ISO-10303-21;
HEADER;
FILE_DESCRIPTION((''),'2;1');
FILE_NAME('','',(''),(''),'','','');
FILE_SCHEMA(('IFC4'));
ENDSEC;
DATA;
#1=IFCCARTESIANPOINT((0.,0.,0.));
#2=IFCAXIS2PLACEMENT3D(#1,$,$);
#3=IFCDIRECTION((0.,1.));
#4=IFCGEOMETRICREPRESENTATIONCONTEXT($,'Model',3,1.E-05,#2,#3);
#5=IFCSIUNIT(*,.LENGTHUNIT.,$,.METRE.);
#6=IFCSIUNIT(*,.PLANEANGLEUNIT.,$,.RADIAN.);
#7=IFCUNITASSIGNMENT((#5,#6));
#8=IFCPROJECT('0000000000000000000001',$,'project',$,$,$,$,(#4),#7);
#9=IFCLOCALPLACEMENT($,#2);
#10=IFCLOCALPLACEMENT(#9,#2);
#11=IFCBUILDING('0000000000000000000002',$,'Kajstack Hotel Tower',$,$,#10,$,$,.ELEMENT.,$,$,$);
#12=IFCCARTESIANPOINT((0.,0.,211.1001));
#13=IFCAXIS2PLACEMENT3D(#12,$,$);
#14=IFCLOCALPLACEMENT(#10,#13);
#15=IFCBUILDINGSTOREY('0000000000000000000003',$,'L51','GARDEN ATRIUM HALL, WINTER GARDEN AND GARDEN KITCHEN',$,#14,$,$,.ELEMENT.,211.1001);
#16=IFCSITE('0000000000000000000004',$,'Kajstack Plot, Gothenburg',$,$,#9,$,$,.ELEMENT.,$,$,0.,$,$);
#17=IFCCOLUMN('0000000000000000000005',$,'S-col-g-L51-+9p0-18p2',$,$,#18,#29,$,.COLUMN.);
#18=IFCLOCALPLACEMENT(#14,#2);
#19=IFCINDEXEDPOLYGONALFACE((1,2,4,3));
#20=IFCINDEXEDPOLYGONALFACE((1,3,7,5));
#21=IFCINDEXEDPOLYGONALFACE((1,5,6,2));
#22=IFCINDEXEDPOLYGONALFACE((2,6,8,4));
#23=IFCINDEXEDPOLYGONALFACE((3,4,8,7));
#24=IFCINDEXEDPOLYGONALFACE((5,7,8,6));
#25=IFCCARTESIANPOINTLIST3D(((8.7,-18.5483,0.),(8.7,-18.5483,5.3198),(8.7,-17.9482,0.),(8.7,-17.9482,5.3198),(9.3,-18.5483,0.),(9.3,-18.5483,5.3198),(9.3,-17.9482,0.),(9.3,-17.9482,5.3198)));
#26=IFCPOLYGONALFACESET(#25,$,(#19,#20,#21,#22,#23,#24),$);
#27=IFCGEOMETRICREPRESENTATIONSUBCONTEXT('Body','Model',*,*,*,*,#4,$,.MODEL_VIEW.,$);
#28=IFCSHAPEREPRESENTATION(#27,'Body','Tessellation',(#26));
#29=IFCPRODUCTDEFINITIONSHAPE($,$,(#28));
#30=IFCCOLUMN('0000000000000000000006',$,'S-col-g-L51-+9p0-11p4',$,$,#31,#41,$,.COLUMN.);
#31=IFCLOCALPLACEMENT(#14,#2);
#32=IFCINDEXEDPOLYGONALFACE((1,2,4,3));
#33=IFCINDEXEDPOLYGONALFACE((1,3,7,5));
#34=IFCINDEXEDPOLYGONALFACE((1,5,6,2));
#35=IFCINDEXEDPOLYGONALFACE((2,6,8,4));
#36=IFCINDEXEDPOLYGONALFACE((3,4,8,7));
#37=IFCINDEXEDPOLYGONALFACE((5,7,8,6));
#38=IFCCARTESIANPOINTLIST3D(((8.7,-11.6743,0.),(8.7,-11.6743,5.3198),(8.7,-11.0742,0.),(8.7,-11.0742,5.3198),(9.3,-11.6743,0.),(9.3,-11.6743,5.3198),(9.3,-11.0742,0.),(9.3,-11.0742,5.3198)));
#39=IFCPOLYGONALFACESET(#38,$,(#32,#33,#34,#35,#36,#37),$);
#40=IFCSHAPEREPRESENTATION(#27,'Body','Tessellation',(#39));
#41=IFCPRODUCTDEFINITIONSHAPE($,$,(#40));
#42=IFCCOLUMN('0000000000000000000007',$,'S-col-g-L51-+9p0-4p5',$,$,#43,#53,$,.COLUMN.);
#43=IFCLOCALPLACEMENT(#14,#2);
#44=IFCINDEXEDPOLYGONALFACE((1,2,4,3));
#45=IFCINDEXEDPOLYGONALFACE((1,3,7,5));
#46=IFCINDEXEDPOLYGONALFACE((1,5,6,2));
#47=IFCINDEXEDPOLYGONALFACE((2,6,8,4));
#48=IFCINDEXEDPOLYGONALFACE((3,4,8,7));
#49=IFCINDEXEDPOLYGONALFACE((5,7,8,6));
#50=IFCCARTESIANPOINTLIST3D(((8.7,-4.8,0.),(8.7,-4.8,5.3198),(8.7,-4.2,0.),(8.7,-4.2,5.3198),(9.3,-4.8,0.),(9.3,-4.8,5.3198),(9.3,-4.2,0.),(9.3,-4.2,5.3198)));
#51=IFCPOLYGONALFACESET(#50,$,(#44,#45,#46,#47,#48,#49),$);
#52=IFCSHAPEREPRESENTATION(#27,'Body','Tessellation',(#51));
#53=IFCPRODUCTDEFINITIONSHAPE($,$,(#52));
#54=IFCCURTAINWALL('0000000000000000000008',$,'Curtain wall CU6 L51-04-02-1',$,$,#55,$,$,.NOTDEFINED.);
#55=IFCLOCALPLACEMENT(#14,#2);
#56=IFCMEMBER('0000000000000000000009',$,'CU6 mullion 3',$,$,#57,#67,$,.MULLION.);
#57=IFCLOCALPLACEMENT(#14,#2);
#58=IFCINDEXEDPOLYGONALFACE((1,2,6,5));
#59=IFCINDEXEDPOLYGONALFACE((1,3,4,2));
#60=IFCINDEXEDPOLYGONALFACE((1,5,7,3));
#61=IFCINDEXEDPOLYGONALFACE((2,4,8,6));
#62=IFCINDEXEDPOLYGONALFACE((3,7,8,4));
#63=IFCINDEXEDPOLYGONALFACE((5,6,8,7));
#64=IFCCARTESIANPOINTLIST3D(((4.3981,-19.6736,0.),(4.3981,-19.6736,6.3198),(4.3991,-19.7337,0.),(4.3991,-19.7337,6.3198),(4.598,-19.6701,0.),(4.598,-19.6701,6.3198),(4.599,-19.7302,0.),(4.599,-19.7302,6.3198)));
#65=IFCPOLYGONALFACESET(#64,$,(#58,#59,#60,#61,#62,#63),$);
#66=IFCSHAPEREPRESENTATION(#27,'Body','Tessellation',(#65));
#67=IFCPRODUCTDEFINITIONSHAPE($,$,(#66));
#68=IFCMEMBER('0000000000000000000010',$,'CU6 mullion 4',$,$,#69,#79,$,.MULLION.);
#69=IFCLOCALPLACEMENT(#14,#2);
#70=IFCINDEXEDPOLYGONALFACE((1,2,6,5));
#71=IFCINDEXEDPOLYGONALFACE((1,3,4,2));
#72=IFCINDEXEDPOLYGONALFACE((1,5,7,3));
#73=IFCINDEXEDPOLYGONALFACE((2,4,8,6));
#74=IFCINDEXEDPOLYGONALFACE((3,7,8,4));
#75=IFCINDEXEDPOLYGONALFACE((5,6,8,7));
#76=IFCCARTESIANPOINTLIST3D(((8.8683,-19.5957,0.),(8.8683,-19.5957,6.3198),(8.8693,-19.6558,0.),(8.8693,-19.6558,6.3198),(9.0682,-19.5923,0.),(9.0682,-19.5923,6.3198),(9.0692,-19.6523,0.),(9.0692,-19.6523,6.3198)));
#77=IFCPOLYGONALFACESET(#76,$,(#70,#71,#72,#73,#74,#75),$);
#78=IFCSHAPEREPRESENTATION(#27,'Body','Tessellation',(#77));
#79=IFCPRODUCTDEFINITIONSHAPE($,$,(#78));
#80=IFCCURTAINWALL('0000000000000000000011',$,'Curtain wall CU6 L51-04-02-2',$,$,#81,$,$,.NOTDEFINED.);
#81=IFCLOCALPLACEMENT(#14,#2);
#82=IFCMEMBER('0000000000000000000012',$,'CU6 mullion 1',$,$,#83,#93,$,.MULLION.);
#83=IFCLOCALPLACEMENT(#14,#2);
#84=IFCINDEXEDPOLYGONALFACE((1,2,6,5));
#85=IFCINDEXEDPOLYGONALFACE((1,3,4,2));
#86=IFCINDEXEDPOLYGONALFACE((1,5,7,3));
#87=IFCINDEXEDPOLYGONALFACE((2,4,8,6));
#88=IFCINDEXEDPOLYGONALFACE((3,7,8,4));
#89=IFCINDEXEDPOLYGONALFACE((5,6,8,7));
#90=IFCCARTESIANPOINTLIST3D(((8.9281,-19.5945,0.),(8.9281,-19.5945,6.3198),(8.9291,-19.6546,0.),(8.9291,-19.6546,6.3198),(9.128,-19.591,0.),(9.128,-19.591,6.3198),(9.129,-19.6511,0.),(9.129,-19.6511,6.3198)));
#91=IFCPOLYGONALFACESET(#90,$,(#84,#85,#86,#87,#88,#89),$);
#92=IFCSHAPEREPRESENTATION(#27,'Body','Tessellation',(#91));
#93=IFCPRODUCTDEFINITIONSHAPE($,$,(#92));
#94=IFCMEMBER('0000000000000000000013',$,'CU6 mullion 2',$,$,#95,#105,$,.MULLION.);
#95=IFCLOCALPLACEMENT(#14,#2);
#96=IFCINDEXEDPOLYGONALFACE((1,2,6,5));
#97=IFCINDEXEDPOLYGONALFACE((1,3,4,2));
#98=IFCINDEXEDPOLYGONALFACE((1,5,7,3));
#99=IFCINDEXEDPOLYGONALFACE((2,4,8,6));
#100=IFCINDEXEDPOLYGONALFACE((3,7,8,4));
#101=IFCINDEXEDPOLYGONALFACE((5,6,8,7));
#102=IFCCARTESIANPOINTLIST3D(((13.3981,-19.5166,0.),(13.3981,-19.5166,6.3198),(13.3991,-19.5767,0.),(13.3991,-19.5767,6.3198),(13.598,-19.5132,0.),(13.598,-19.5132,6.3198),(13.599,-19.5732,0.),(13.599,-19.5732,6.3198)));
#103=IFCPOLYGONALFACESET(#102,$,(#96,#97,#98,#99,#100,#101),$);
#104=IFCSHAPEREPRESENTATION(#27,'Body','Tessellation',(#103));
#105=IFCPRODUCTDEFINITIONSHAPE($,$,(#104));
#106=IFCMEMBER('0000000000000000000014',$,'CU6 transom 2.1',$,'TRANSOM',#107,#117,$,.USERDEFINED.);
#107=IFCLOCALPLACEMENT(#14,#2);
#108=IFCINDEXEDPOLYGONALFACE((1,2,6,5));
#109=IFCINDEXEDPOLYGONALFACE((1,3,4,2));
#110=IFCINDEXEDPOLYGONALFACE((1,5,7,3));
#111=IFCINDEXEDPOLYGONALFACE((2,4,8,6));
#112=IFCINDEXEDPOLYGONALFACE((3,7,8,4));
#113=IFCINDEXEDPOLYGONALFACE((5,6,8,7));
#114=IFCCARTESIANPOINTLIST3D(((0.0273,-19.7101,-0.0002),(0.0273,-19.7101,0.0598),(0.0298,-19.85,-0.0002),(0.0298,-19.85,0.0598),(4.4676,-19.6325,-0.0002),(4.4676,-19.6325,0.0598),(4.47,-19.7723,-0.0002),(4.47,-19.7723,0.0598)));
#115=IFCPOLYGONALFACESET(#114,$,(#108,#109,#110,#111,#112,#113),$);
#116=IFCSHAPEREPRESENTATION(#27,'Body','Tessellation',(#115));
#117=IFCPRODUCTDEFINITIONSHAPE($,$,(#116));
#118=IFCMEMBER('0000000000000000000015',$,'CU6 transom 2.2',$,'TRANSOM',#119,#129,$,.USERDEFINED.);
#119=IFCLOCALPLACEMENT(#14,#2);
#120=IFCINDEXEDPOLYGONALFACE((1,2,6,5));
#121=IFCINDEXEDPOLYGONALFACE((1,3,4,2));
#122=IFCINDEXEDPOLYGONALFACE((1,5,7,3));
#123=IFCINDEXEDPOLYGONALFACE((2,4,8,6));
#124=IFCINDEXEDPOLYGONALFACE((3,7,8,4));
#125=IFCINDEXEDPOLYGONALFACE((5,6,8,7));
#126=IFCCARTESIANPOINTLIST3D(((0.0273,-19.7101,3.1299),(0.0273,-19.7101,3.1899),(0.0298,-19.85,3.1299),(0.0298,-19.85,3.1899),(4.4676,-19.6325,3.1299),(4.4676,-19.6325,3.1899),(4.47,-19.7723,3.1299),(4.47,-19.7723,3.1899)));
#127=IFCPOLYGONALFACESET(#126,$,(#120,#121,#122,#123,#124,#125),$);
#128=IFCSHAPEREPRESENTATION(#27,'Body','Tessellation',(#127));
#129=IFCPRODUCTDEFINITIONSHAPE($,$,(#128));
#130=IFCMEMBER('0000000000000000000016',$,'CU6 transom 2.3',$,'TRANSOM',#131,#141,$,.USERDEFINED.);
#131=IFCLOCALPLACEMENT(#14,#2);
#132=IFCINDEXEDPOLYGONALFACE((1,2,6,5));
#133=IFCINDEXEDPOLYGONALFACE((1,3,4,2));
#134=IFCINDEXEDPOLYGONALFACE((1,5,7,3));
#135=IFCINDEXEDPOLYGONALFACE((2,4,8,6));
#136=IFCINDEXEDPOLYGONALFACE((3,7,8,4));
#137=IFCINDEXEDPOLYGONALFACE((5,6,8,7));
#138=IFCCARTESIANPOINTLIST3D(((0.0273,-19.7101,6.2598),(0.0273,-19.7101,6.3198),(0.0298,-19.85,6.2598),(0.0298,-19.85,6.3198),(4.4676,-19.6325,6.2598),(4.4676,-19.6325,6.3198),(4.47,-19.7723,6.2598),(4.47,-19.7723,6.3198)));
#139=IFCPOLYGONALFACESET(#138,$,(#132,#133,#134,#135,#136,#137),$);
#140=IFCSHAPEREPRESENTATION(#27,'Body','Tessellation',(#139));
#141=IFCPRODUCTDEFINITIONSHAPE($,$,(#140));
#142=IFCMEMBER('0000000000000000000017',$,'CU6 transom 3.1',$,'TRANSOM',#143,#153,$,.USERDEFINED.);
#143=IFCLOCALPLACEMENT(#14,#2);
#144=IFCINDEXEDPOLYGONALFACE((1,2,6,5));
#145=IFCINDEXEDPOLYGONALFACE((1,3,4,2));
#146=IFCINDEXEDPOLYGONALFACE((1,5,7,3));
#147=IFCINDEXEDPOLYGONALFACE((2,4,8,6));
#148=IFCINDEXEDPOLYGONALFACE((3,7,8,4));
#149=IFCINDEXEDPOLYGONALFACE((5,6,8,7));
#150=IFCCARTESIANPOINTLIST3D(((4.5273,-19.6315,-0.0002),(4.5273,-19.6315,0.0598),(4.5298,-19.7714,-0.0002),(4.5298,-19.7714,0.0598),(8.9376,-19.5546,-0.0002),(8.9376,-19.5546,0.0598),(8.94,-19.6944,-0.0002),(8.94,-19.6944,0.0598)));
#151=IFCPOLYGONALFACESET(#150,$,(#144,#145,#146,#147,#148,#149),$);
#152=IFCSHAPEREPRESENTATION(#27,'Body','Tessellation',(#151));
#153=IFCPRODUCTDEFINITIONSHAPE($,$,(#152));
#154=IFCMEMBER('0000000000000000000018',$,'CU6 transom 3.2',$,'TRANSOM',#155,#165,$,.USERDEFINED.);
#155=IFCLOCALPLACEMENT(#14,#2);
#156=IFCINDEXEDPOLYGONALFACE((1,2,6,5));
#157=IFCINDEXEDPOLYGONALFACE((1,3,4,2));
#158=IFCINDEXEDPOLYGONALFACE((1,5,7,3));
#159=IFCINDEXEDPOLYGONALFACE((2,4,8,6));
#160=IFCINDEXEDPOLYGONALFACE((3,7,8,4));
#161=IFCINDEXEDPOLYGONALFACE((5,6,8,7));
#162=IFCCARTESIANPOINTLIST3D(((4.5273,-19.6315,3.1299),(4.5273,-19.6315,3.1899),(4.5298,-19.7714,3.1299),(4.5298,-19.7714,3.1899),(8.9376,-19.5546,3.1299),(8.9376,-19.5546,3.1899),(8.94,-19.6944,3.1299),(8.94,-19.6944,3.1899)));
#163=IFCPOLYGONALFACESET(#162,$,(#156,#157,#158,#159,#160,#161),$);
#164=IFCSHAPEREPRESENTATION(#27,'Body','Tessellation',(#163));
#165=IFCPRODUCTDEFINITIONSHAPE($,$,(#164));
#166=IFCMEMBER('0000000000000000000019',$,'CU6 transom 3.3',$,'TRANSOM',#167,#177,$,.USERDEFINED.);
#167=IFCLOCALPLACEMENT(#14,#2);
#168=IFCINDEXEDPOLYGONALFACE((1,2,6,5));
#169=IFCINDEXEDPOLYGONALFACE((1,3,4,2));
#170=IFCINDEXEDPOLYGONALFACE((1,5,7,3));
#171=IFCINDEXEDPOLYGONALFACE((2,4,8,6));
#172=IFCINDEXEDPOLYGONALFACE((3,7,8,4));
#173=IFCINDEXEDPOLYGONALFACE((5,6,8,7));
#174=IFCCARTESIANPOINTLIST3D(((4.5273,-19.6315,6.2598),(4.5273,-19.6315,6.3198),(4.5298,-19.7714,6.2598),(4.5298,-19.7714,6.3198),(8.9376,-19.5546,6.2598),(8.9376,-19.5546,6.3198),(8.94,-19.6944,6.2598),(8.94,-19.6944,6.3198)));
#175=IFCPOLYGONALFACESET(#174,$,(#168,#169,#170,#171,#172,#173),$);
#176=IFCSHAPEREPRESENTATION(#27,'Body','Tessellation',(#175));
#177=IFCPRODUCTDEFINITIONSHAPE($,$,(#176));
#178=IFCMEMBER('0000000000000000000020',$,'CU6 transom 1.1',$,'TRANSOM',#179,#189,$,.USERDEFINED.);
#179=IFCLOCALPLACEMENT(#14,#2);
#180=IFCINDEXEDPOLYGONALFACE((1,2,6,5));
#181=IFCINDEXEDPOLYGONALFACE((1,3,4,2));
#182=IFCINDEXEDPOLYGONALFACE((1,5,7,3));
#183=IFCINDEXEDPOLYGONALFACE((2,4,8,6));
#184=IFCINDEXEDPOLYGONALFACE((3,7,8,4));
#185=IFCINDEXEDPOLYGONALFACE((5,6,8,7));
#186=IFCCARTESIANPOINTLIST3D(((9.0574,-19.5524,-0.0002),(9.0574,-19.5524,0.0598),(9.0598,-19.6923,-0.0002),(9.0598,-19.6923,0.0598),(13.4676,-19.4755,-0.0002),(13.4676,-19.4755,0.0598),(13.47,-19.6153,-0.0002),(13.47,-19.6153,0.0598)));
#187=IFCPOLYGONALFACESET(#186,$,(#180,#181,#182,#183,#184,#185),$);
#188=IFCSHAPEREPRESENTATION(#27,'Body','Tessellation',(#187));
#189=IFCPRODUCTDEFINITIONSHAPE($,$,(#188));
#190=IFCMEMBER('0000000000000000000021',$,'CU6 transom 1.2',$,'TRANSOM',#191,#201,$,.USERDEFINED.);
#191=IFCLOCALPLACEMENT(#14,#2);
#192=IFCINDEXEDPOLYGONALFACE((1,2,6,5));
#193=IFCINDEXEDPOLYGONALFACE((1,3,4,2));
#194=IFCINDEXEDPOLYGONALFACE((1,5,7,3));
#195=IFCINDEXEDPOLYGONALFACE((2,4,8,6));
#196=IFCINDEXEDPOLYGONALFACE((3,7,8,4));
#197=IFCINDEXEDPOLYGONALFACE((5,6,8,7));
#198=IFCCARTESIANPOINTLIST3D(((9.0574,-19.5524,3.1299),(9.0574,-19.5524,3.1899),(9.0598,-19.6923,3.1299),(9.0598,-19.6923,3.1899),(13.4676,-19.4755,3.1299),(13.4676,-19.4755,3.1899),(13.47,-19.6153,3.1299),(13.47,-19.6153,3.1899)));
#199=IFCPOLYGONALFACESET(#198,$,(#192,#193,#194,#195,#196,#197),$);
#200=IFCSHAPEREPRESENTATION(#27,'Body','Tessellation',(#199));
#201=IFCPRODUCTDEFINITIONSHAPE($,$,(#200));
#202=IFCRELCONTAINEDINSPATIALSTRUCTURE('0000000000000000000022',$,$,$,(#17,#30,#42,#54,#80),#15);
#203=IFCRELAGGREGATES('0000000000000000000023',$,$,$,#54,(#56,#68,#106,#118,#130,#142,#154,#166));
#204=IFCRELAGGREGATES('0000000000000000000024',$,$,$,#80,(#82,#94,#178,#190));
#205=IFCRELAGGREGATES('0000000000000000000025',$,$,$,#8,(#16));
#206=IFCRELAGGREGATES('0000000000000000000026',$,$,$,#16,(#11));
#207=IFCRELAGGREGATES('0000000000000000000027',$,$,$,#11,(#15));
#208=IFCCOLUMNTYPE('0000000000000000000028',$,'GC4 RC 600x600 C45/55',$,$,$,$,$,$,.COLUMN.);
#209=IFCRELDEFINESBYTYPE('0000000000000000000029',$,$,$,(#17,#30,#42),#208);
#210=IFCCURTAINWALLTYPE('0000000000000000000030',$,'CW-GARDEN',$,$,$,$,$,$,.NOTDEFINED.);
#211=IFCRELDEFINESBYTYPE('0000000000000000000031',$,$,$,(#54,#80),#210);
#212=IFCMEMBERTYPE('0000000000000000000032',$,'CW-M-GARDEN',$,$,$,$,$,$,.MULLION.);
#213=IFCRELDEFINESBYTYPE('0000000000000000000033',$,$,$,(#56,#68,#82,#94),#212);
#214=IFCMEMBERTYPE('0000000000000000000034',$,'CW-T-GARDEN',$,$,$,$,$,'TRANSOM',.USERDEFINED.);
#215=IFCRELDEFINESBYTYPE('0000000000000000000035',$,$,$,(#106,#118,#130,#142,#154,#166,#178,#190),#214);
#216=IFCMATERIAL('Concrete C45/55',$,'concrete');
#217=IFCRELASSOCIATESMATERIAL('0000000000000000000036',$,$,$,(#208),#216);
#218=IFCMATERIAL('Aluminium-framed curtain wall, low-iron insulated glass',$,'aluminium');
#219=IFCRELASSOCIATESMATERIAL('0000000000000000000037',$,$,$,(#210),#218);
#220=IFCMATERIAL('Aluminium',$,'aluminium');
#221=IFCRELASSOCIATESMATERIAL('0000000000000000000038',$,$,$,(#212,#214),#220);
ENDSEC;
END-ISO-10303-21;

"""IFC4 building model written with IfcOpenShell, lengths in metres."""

from ifc_helpers import new_model, si_unit, direction, frame, origin, origin_2d, place, context, subcontext, project, spatial, rectangle, extrude, material, material_profile, profile_set, type_object, element, aggregate, save


model = new_model("IFC4")

# Units and contexts
model_context = context("Model", 3, precision=1e-05, world=origin(), true_north=direction((0.0, 1.0)))
body_context = subcontext(model_context, "Body", "Model", "MODEL_VIEW")
ifc_project = project(units=[si_unit("LENGTHUNIT", "METRE"), si_unit("PLANEANGLEUNIT", "RADIAN")], contexts=[model_context])

# Site, building, storey
site_placement = place(None, origin())
site = spatial("IfcSite", under=ifc_project, at=site_placement, Name="Kajstack Plot, Gothenburg", CompositionType="ELEMENT", RefElevation=0.0)
building_placement = place(site_placement, origin())
building = spatial("IfcBuilding", under=site, at=building_placement, Name="Kajstack Hotel Tower", CompositionType="ELEMENT")
storey_placement = place(building_placement, frame((0.0, 0.0, 211.1001)))
storey = spatial("IfcBuildingStorey", under=building, at=storey_placement, Name="L51", Description="GARDEN ATRIUM HALL, WINTER GARDEN AND GARDEN KITCHEN", CompositionType="ELEMENT", Elevation=211.1001)

# Columns
ifc_material_1 = material(Name="Concrete C45/55", Category="concrete")
ifc_material_profile_1 = material_profile(ifc_material_1, rectangle(XDim=0.6001, YDim=0.6001, at=origin_2d()), Name="RC 600x600")
ifc_profile_set_1 = profile_set([ifc_material_profile_1], Name="Concrete C45/55")
column_type = type_object("IfcColumnType", Name="GC4 RC 600x600 C45/55", PredefinedType="COLUMN", material=ifc_profile_set_1)
for number, where, z_axis, x_axis, name in (
    (1, (9.0, -18.2483, 0.0), (0.0, 0.0, 1.0), (1.0, 0.0, 0.0), "S-col-g-L51-+9p0-18p2"),
    (2, (9.0, -11.3743, 0.0), (0.0, 0.0, 1.0), (1.0, 0.0, 0.0), "S-col-g-L51-+9p0-11p4"),
    (3, (9.0, -4.5, 0.0), (0.0, 0.0, 1.0), (1.0, 0.0, 0.0), "S-col-g-L51-+9p0-4p5"),
):
    element("IfcColumn", number, at=place(storey_placement, frame(where, z_axis=z_axis, x_axis=x_axis)), inside=storey, type_object=column_type, Name=name, PredefinedType="COLUMN", context=body_context, shape_type="SweptSolid", body=[
        extrude(rectangle(XDim=0.6001, YDim=0.6001, at=origin_2d()), origin(), (0.0, 0.0, 1.0), 5.3198),
    ])

# Curtain walls, members
ifc_material_2 = material(Name="Aluminium-framed curtain wall, low-iron insulated glass", Category="aluminium")
curtain_wall_type = type_object("IfcCurtainWallType", Name="CW-GARDEN", PredefinedType="NOTDEFINED", material=ifc_material_2)
curtain_wall_1_placement = place(storey_placement, origin())
curtain_wall_1 = element("IfcCurtainWall", 4, at=curtain_wall_1_placement, inside=storey, type_object=curtain_wall_type, Name="Curtain wall CU6 L51-04-02-1", PredefinedType="NOTDEFINED")
ifc_material_3 = material(Name="Aluminium", Category="aluminium")
ifc_material_profile_2 = material_profile(ifc_material_3, rectangle(XDim=0.0601, YDim=0.2, at=origin_2d()), Name="Aluminium mullion 60 x 200")
ifc_profile_set_2 = profile_set([ifc_material_profile_2], Name="Aluminium")
member_type_1 = type_object("IfcMemberType", Name="CW-M-GARDEN", PredefinedType="MULLION", material=ifc_profile_set_2)
member_1_placement = place(storey_placement, frame((4.4985, -19.7019, 0.0), z_axis=(0.0, 0.0, 1.0), x_axis=(-0.017453, 0.999848, 0.0)))
member_1 = element("IfcMember", 5, at=member_1_placement, type_object=member_type_1, Name="CU6 mullion 3", PredefinedType="MULLION", context=body_context, shape_type="SweptSolid", body=[
    extrude(rectangle(XDim=0.0601, YDim=0.2, at=origin_2d()), origin(), (0.0, 0.0, 1.0), 6.3198),
])
member_2_placement = place(storey_placement, frame((8.9688, -19.624, 0.0), z_axis=(0.0, 0.0, 1.0), x_axis=(-0.017453, 0.999848, 0.0)))
member_2 = element("IfcMember", 6, at=member_2_placement, type_object=member_type_1, Name="CU6 mullion 4", PredefinedType="MULLION", context=body_context, shape_type="SweptSolid", body=[
    extrude(rectangle(XDim=0.0601, YDim=0.2, at=origin_2d()), origin(), (0.0, 0.0, 1.0), 6.3198),
])
curtain_wall_2_placement = place(storey_placement, origin())
curtain_wall_2 = element("IfcCurtainWall", 7, at=curtain_wall_2_placement, inside=storey, type_object=curtain_wall_type, Name="Curtain wall CU6 L51-04-02-2", PredefinedType="NOTDEFINED")
member_3_placement = place(storey_placement, frame((9.0286, -19.6228, 0.0), z_axis=(0.0, 0.0, 1.0), x_axis=(-0.017453, 0.999848, 0.0)))
member_3 = element("IfcMember", 8, at=member_3_placement, type_object=member_type_1, Name="CU6 mullion 1", PredefinedType="MULLION", context=body_context, shape_type="SweptSolid", body=[
    extrude(rectangle(XDim=0.0601, YDim=0.2, at=origin_2d()), origin(), (0.0, 0.0, 1.0), 6.3198),
])
member_4_placement = place(storey_placement, frame((13.4985, -19.5449, 0.0), z_axis=(0.0, 0.0, 1.0), x_axis=(-0.017453, 0.999848, 0.0)))
member_4 = element("IfcMember", 9, at=member_4_placement, type_object=member_type_1, Name="CU6 mullion 2", PredefinedType="MULLION", context=body_context, shape_type="SweptSolid", body=[
    extrude(rectangle(XDim=0.0601, YDim=0.2, at=origin_2d()), origin(), (0.0, 0.0, 1.0), 6.3198),
])

# Members
ifc_material_profile_3 = material_profile(ifc_material_3, rectangle(XDim=0.1399, YDim=0.0601, at=origin_2d()), Name="Aluminium transom 140 x 60")
ifc_profile_set_3 = profile_set([ifc_material_profile_3], Name="Aluminium")
member_type_2 = type_object("IfcMemberType", Name="CW-T-GARDEN", ElementType="TRANSOM", PredefinedType="USERDEFINED", material=ifc_profile_set_3)
member_5_placement = place(storey_placement, frame((0.0286, -19.78, 0.0298), z_axis=(0.999847, 0.017482, 0.0), x_axis=(-0.017482, 0.999847, 0.0)))
member_5 = element("IfcMember", 10, at=member_5_placement, type_object=member_type_2, Name="CU6 transom 2.1", ObjectType="TRANSOM", PredefinedType="USERDEFINED", context=body_context, shape_type="SweptSolid", body=[
    extrude(rectangle(XDim=0.1399, YDim=0.0601, at=origin_2d()), origin(), (0.0, 0.0, 1.0), 4.4409),
])
member_6_placement = place(storey_placement, frame((0.0286, -19.78, 3.1599), z_axis=(0.999847, 0.017482, 0.0), x_axis=(-0.017482, 0.999847, 0.0)))
member_6 = element("IfcMember", 11, at=member_6_placement, type_object=member_type_2, Name="CU6 transom 2.2", ObjectType="TRANSOM", PredefinedType="USERDEFINED", context=body_context, shape_type="SweptSolid", body=[
    extrude(rectangle(XDim=0.1399, YDim=0.0601, at=origin_2d()), origin(), (0.0, 0.0, 1.0), 4.4409),
])
member_7_placement = place(storey_placement, frame((0.0286, -19.78, 6.2898), z_axis=(0.999847, 0.017482, 0.0), x_axis=(-0.017482, 0.999847, 0.0)))
member_7 = element("IfcMember", 12, at=member_7_placement, type_object=member_type_2, Name="CU6 transom 2.3", ObjectType="TRANSOM", PredefinedType="USERDEFINED", context=body_context, shape_type="SweptSolid", body=[
    extrude(rectangle(XDim=0.1399, YDim=0.0601, at=origin_2d()), origin(), (0.0, 0.0, 1.0), 4.4409),
])
member_8_placement = place(storey_placement, frame((4.5286, -19.7014, 0.0298), z_axis=(0.999848, 0.017435, 0.0), x_axis=(-0.017435, 0.999848, 0.0)))
member_8 = element("IfcMember", 13, at=member_8_placement, type_object=member_type_2, Name="CU6 transom 3.1", ObjectType="TRANSOM", PredefinedType="USERDEFINED", context=body_context, shape_type="SweptSolid", body=[
    extrude(rectangle(XDim=0.1399, YDim=0.0601, at=origin_2d()), origin(), (0.0, 0.0, 1.0), 4.4109),
])
member_9_placement = place(storey_placement, frame((4.5286, -19.7014, 3.1599), z_axis=(0.999848, 0.017435, 0.0), x_axis=(-0.017435, 0.999848, 0.0)))
member_9 = element("IfcMember", 14, at=member_9_placement, type_object=member_type_2, Name="CU6 transom 3.2", ObjectType="TRANSOM", PredefinedType="USERDEFINED", context=body_context, shape_type="SweptSolid", body=[
    extrude(rectangle(XDim=0.1399, YDim=0.0601, at=origin_2d()), origin(), (0.0, 0.0, 1.0), 4.4109),
])
member_10_placement = place(storey_placement, frame((4.5286, -19.7014, 6.2898), z_axis=(0.999848, 0.017435, 0.0), x_axis=(-0.017435, 0.999848, 0.0)))
member_10 = element("IfcMember", 15, at=member_10_placement, type_object=member_type_2, Name="CU6 transom 3.3", ObjectType="TRANSOM", PredefinedType="USERDEFINED", context=body_context, shape_type="SweptSolid", body=[
    extrude(rectangle(XDim=0.1399, YDim=0.0601, at=origin_2d()), origin(), (0.0, 0.0, 1.0), 4.4109),
])
member_11_placement = place(storey_placement, frame((9.0586, -19.6223, 0.0298), z_axis=(0.999848, 0.017435, 0.0), x_axis=(-0.017435, 0.999848, 0.0)))
member_11 = element("IfcMember", 16, at=member_11_placement, type_object=member_type_2, Name="CU6 transom 1.1", ObjectType="TRANSOM", PredefinedType="USERDEFINED", context=body_context, shape_type="SweptSolid", body=[
    extrude(rectangle(XDim=0.1399, YDim=0.0601, at=origin_2d()), origin(), (0.0, 0.0, 1.0), 4.4109),
])
member_12_placement = place(storey_placement, frame((9.0586, -19.6223, 3.1599), z_axis=(0.999848, 0.017435, 0.0), x_axis=(-0.017435, 0.999848, 0.0)))
member_12 = element("IfcMember", 17, at=member_12_placement, type_object=member_type_2, Name="CU6 transom 1.2", ObjectType="TRANSOM", PredefinedType="USERDEFINED", context=body_context, shape_type="SweptSolid", body=[
    extrude(rectangle(XDim=0.1399, YDim=0.0601, at=origin_2d()), origin(), (0.0, 0.0, 1.0), 4.4109),
])

aggregate(curtain_wall_1, [member_1, member_2, member_5, member_6, member_7, member_8, member_9, member_10])
aggregate(curtain_wall_2, [member_3, member_4, member_11, member_12])

save(model, "model.ifc")
